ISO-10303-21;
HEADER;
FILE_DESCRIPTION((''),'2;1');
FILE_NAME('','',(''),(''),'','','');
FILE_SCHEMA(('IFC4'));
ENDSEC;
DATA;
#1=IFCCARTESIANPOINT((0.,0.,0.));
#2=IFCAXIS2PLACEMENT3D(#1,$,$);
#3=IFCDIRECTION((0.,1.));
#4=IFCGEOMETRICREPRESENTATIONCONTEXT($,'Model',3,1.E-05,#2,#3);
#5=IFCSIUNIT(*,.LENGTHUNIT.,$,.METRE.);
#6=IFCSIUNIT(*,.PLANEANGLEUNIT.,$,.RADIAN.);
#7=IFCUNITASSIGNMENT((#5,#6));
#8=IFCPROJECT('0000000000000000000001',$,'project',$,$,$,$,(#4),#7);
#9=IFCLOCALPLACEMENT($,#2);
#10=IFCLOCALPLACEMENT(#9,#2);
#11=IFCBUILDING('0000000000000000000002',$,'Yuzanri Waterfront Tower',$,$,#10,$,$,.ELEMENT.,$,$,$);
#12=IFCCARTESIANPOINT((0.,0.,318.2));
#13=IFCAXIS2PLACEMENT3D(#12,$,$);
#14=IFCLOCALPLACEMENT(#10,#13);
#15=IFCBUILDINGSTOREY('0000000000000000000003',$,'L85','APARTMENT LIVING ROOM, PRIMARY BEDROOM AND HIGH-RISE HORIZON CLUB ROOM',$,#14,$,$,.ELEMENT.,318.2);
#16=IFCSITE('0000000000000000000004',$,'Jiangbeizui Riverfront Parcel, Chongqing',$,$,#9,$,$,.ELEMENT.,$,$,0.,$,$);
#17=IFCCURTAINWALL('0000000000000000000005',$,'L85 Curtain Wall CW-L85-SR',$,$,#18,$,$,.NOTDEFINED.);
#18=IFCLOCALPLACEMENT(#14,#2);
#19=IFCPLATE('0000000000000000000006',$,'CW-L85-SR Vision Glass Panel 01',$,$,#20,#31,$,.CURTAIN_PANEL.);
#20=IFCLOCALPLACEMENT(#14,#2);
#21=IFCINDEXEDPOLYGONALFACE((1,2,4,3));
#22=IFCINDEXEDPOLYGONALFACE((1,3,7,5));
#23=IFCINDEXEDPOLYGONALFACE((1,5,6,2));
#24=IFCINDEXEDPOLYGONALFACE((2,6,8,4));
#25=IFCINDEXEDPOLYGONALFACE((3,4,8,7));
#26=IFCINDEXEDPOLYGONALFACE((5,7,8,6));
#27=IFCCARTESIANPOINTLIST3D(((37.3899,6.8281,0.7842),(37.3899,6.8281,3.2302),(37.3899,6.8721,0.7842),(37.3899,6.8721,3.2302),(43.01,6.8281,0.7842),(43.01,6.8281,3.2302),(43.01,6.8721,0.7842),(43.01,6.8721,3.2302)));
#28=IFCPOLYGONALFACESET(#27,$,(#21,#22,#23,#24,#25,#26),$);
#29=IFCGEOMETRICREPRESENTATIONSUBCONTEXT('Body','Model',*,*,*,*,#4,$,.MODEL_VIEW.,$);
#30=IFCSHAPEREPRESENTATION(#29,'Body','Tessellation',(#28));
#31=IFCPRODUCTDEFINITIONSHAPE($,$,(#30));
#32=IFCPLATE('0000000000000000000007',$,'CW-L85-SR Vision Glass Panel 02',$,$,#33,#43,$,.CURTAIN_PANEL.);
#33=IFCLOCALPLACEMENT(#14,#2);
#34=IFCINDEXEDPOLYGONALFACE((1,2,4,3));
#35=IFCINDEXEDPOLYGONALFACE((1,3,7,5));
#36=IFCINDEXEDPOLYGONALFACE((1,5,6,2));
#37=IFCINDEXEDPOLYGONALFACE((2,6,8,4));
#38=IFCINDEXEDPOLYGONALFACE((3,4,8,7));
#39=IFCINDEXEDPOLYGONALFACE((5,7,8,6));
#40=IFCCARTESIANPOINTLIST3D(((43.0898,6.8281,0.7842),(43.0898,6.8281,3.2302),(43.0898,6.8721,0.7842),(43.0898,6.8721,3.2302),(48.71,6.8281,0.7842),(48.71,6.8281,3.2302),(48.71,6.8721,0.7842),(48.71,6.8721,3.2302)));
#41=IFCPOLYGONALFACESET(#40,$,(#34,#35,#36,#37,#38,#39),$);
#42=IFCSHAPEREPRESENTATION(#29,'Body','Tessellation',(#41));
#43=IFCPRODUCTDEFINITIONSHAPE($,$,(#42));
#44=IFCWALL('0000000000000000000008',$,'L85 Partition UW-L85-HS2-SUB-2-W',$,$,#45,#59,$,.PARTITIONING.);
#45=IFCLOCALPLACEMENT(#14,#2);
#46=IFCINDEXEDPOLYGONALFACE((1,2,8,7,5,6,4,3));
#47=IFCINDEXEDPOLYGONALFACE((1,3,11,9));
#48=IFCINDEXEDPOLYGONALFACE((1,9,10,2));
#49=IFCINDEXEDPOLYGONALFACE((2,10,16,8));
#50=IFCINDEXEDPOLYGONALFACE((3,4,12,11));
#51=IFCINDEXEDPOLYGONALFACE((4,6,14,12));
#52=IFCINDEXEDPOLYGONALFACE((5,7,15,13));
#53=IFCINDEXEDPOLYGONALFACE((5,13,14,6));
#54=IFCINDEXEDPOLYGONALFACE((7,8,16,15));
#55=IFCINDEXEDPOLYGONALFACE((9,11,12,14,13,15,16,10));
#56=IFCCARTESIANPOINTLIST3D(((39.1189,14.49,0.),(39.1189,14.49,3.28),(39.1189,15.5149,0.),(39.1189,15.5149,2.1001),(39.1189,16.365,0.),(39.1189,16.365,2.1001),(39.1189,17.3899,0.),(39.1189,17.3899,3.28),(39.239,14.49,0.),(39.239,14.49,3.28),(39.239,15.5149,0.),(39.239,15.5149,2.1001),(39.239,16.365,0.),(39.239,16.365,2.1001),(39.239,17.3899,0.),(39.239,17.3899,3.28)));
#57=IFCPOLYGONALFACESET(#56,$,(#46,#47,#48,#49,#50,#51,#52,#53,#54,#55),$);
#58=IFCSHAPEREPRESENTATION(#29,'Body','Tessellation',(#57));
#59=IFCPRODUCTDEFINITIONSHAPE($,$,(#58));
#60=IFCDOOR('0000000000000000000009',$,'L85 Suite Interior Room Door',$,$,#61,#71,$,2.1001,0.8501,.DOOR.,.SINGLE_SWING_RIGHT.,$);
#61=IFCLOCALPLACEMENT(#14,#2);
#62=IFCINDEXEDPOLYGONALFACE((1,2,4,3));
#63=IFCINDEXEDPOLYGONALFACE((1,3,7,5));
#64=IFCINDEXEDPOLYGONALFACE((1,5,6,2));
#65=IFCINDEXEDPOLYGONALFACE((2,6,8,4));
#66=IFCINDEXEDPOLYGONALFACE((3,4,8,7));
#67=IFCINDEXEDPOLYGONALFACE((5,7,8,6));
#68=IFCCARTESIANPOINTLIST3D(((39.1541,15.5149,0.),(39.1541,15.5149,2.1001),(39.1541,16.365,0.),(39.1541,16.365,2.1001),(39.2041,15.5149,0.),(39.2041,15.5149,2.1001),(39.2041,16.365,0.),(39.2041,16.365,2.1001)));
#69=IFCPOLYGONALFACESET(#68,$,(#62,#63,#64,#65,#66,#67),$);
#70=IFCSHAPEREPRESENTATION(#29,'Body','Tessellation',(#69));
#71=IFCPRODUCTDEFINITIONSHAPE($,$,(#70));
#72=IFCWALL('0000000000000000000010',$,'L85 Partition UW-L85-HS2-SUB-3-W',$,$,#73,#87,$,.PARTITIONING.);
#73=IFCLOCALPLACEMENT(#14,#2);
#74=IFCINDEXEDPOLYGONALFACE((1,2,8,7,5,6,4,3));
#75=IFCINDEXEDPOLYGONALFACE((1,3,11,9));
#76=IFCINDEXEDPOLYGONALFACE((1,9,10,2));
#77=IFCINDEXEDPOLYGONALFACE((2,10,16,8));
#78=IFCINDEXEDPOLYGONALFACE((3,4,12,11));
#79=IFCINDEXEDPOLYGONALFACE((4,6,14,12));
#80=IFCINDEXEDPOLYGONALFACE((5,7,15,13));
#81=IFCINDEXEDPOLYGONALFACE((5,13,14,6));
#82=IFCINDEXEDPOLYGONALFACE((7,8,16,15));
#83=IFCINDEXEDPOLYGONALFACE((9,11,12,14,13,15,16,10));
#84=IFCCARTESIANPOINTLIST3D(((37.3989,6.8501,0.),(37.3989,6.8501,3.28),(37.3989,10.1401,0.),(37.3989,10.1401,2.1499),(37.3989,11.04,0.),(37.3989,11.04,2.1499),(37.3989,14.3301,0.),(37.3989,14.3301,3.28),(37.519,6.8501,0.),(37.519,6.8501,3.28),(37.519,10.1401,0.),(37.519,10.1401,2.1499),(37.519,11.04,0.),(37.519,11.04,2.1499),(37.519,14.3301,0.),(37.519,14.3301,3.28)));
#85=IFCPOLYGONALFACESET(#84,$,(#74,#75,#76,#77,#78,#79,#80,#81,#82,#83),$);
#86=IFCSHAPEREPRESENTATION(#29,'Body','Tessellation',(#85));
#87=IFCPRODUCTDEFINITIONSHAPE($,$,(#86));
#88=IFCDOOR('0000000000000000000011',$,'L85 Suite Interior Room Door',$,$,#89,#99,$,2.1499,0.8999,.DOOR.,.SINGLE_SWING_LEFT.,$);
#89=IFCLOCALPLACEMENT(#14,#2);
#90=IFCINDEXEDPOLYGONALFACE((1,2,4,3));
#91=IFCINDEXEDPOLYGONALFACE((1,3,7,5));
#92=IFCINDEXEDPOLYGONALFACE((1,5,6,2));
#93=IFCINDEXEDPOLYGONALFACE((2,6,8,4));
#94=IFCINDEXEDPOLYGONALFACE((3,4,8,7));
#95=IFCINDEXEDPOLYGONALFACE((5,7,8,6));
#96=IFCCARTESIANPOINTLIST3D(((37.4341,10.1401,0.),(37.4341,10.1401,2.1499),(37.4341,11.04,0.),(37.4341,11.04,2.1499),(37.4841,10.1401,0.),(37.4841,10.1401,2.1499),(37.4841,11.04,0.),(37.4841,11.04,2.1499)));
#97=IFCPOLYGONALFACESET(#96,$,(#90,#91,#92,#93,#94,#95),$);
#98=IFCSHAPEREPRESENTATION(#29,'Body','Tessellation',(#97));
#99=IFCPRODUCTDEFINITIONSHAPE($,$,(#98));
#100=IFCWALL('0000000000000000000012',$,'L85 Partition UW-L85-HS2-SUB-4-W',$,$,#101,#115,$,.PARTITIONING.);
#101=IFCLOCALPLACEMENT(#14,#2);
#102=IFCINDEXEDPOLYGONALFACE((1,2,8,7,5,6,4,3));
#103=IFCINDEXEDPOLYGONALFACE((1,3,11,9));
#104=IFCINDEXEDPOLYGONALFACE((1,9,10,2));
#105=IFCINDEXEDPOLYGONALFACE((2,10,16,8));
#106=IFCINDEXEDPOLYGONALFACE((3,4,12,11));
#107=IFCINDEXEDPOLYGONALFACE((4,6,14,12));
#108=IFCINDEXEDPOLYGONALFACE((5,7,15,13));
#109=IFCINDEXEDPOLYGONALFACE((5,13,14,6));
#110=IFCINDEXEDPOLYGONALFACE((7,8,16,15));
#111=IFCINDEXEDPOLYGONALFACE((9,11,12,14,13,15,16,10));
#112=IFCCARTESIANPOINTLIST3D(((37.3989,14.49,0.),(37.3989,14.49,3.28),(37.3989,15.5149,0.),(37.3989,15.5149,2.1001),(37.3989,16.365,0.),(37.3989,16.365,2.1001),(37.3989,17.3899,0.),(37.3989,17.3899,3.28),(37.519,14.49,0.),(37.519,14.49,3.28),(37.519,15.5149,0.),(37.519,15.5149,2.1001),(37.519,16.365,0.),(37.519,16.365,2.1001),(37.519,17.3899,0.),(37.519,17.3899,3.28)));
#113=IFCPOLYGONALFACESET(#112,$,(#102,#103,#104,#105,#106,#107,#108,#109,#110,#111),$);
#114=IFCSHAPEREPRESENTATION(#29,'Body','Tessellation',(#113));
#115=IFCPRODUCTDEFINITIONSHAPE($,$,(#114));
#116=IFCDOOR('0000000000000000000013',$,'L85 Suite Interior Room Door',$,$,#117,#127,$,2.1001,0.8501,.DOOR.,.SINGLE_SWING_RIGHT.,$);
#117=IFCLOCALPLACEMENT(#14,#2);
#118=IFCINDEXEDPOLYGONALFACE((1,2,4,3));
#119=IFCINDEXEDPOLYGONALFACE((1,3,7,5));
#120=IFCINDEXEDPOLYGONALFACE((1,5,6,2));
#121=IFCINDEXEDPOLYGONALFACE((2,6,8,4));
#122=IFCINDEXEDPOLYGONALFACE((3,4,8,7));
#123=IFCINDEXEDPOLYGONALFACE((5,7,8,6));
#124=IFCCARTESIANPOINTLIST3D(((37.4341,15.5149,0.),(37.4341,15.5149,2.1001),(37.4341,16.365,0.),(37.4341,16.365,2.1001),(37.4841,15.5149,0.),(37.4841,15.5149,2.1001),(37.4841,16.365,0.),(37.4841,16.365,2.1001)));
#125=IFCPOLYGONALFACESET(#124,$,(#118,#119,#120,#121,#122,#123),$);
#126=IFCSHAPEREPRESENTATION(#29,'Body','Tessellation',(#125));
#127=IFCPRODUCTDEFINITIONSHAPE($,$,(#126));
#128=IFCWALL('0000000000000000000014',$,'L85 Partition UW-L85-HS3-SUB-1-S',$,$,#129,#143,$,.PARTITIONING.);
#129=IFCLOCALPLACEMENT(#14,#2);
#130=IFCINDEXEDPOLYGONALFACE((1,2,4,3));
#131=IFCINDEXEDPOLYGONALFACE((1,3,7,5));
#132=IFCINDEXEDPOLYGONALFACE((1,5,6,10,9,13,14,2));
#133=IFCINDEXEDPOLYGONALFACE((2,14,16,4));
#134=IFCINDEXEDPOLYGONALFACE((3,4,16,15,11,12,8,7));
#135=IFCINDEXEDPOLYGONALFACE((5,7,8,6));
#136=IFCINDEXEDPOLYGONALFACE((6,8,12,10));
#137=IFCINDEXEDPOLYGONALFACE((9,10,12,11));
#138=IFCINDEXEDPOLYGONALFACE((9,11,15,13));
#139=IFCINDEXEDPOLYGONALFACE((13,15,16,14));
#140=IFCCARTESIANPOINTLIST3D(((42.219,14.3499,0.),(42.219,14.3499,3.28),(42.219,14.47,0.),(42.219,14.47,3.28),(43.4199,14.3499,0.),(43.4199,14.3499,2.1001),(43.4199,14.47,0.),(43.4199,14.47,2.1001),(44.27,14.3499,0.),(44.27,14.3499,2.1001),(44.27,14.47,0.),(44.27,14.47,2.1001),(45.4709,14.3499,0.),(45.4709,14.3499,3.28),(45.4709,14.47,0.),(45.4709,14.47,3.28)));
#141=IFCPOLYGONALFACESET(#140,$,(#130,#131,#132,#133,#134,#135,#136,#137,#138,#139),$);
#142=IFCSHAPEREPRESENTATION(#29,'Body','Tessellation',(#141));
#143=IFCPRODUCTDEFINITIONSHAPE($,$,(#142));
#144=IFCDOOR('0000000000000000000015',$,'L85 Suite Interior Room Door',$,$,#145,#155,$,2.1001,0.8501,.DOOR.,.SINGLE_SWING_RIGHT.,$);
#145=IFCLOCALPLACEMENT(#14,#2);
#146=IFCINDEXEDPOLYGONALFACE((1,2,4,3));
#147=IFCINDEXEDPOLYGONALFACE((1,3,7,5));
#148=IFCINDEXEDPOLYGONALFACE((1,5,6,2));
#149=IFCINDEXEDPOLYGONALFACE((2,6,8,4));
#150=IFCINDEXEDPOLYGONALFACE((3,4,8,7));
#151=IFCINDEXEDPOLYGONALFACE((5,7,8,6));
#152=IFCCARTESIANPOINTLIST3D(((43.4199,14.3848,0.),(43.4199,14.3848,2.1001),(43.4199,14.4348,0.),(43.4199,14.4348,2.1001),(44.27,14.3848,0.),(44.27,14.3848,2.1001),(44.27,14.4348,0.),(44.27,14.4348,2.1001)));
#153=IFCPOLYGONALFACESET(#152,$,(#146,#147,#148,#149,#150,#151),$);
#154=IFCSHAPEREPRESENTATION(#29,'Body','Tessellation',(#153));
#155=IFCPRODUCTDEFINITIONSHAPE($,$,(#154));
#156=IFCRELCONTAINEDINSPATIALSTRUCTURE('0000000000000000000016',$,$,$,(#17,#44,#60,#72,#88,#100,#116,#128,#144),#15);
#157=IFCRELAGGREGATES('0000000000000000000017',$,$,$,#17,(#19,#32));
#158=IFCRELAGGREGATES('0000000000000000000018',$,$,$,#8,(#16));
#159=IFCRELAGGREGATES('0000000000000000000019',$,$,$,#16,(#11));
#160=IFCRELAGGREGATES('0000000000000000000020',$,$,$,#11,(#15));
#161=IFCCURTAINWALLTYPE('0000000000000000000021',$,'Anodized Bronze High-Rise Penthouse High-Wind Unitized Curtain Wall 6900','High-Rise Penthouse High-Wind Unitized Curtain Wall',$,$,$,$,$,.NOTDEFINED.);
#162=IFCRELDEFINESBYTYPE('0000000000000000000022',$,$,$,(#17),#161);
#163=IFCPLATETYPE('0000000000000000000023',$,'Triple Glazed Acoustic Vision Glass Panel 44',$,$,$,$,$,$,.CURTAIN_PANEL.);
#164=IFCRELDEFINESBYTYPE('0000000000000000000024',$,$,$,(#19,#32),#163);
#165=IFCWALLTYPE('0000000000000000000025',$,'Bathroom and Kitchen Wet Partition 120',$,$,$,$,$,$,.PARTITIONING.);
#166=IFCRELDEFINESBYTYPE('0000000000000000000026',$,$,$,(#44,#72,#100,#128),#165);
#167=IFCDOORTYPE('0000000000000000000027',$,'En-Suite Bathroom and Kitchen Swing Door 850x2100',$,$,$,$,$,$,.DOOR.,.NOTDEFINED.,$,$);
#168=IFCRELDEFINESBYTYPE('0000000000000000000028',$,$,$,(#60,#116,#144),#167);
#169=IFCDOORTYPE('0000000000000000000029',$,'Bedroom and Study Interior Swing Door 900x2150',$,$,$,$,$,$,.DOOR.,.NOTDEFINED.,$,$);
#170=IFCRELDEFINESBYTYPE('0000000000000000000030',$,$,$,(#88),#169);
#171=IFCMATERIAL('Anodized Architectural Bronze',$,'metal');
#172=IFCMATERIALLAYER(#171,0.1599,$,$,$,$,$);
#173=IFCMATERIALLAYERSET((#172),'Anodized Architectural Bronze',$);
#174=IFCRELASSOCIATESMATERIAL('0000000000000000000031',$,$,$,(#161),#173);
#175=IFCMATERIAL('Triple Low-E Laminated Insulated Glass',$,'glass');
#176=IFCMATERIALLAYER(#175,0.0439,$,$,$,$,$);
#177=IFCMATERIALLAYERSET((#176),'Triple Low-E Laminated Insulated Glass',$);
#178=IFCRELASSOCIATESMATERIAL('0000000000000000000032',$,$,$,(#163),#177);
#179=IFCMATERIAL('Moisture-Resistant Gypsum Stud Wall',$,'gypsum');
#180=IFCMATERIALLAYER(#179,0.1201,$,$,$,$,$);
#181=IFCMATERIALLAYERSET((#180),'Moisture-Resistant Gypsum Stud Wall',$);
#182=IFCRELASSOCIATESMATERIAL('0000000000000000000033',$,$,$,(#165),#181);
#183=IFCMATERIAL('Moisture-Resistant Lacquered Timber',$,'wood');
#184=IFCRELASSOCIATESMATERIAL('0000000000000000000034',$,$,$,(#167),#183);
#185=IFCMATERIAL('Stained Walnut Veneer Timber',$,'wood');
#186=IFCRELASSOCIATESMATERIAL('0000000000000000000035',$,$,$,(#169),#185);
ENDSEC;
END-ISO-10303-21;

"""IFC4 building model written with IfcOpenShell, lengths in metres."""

from ifc_helpers import new_model, si_unit, direction, frame, frame_2d, origin, origin_2d, place, context, subcontext, project, spatial, rectangle, extrude, source, transform, mapped, material, layer, layer_set, type_object, element, fill, aggregate, save


model = new_model("IFC4")

# Units and contexts
model_context = context("Model", 3, precision=1e-05, world=origin(), true_north=direction((0.0, 1.0)))
body_context = subcontext(model_context, "Body", "Model", "MODEL_VIEW")
ifc_project = project(units=[si_unit("LENGTHUNIT", "METRE"), si_unit("PLANEANGLEUNIT", "RADIAN")], contexts=[model_context])

# Site, building, storey
site_placement = place(None, origin())
site = spatial("IfcSite", under=ifc_project, at=site_placement, Name="Jiangbeizui Riverfront Parcel, Chongqing", CompositionType="ELEMENT", RefElevation=0.0)
building_placement = place(site_placement, origin())
building = spatial("IfcBuilding", under=site, at=building_placement, Name="Yuzanri Waterfront Tower", CompositionType="ELEMENT")
storey_placement = place(building_placement, frame((0.0, 0.0, 318.2)))
storey = spatial("IfcBuildingStorey", under=building, at=storey_placement, Name="L85", Description="APARTMENT LIVING ROOM, PRIMARY BEDROOM AND HIGH-RISE HORIZON CLUB ROOM", CompositionType="ELEMENT", Elevation=318.2)

# Curtain wall, plates
ifc_material_1 = material(Name="Anodized Architectural Bronze", Category="metal")
ifc_layer_1 = layer(ifc_material_1, 0.1599)
ifc_layer_set_1 = layer_set([ifc_layer_1], Name="Anodized Architectural Bronze")
curtain_wall_type = type_object("IfcCurtainWallType", Name="Anodized Bronze High-Rise Penthouse High-Wind Unitized Curtain Wall 6900", Description="High-Rise Penthouse High-Wind Unitized Curtain Wall", PredefinedType="NOTDEFINED", material=ifc_layer_set_1)
curtain_wall_placement = place(storey_placement, origin())
curtain_wall = element("IfcCurtainWall", 1, at=curtain_wall_placement, inside=storey, type_object=curtain_wall_type, Name="L85 Curtain Wall CW-L85-SR", PredefinedType="NOTDEFINED")
ifc_material_2 = material(Name="Triple Low-E Laminated Insulated Glass", Category="glass")
ifc_layer_2 = layer(ifc_material_2, 0.0439)
ifc_layer_set_2 = layer_set([ifc_layer_2], Name="Triple Low-E Laminated Insulated Glass")
plate_type_1 = type_object("IfcPlateType", Name="Triple Glazed Acoustic Vision Glass Panel 44", PredefinedType="CURTAIN_PANEL", material=ifc_layer_set_2)
shared_shape_1 = source(origin(), body_context, "Body", "SweptSolid", [
    extrude(rectangle(XDim=5.6201, YDim=0.0439, at=origin_2d()), origin(), (0.0, 0.0, 1.0), 2.446),
])
plate_1_placement = place(storey_placement, frame((40.2, 6.8501, 0.7842), z_axis=(0.0, 0.0, 1.0), x_axis=(1.0, 0.0, 0.0)))
plate_1 = element("IfcPlate", 2, at=plate_1_placement, type_object=plate_type_1, Name="CW-L85-SR Vision Glass Panel 01", PredefinedType="CURTAIN_PANEL", context=body_context, shape_type="MappedRepresentation", body=[
    mapped(shared_shape_1, transform((0.0, 0.0, 0.0), scale=1.0)),
])
plate_2_placement = place(storey_placement, frame((45.8999, 6.8501, 0.7842), z_axis=(0.0, 0.0, 1.0), x_axis=(1.0, 0.0, 0.0)))
plate_2 = element("IfcPlate", 3, at=plate_2_placement, type_object=plate_type_1, Name="CW-L85-SR Vision Glass Panel 02", PredefinedType="CURTAIN_PANEL", context=body_context, shape_type="MappedRepresentation", body=[
    mapped(shared_shape_1, transform((0.0, 0.0, 0.0), scale=1.0)),
])
aggregate(curtain_wall, [plate_1, plate_2])

# Walls, openings, doors
ifc_material_3 = material(Name="Moisture-Resistant Gypsum Stud Wall", Category="gypsum")
ifc_layer_3 = layer(ifc_material_3, 0.1201)
ifc_layer_set_3 = layer_set([ifc_layer_3], Name="Moisture-Resistant Gypsum Stud Wall")
wall_type_1 = type_object("IfcWallType", Name="Bathroom and Kitchen Wet Partition 120", PredefinedType="PARTITIONING", material=ifc_layer_set_3)
wall_1_placement = place(storey_placement, frame((39.179, 14.49, 0.0), z_axis=(0.0, 0.0, 1.0), x_axis=(0.0, 1.0, 0.0)))
wall_1 = element("IfcWall", 4, at=wall_1_placement, inside=storey, type_object=wall_type_1, Name="L85 Partition UW-L85-HS2-SUB-2-W", PredefinedType="PARTITIONING", context=body_context, shape_type="SweptSolid", body=[
    extrude(rectangle(XDim=2.8999, YDim=0.1201, at=frame_2d((1.45, 0.0))), origin(), (0.0, 0.0, 1.0), 3.28),
])
opening_1_placement = place(wall_1_placement, frame((1.0249, 0.0, 0.0)))
opening_1 = element("IfcOpeningElement", 5, at=opening_1_placement, cuts=wall_1, PredefinedType="OPENING", context=body_context, shape_type="SweptSolid", body=[
    extrude(rectangle(XDim=0.8501, YDim=2.1001, at=frame_2d((0.425, 1.05))), frame((0.0, 0.075, 0.0), z_axis=(0.0, -1.0, 0.0), x_axis=(1.0, 0.0, 0.0)), (0.0, 0.0, 1.0), 0.1499),
])
ifc_material_4 = material(Name="Moisture-Resistant Lacquered Timber", Category="wood")
door_type_1 = type_object("IfcDoorType", Name="En-Suite Bathroom and Kitchen Swing Door 850x2100", OperationType="NOTDEFINED", PredefinedType="DOOR", material=ifc_material_4)
shared_shape_2 = source(origin(), body_context, "Body", "SweptSolid", [
    extrude(rectangle(XDim=0.8501, YDim=2.1001, at=frame_2d((0.425, 1.05))), frame((0.0, 0.0249, 0.0), z_axis=(0.0, -1.0, 0.0), x_axis=(1.0, 0.0, 0.0)), (0.0, 0.0, 1.0), 0.05),
])
door_1_placement = place(opening_1_placement, origin())
door_1 = element("IfcDoor", 6, at=door_1_placement, inside=storey, type_object=door_type_1, Name="L85 Suite Interior Room Door", OperationType="SINGLE_SWING_RIGHT", OverallHeight=2.1001, OverallWidth=0.8501, PredefinedType="DOOR", context=body_context, shape_type="MappedRepresentation", body=[
    mapped(shared_shape_2, transform((0.0, 0.0, 0.0), scale=1.0)),
])
fill(opening_1, door_1)
wall_2_placement = place(storey_placement, frame((37.459, 6.8501, 0.0), z_axis=(0.0, 0.0, 1.0), x_axis=(0.0, 1.0, 0.0)))
wall_2 = element("IfcWall", 7, at=wall_2_placement, inside=storey, type_object=wall_type_1, Name="L85 Partition UW-L85-HS2-SUB-3-W", PredefinedType="PARTITIONING", context=body_context, shape_type="SweptSolid", body=[
    extrude(rectangle(XDim=7.48, YDim=0.1201, at=frame_2d((3.74, 0.0))), origin(), (0.0, 0.0, 1.0), 3.28),
])
opening_2_placement = place(wall_2_placement, frame((3.29, 0.0, 0.0)))
opening_2 = element("IfcOpeningElement", 8, at=opening_2_placement, cuts=wall_2, PredefinedType="OPENING", context=body_context, shape_type="SweptSolid", body=[
    extrude(rectangle(XDim=0.8999, YDim=2.1499, at=frame_2d((0.45, 1.075))), frame((0.0, 0.075, 0.0), z_axis=(0.0, -1.0, 0.0), x_axis=(1.0, 0.0, 0.0)), (0.0, 0.0, 1.0), 0.1499),
])
ifc_material_5 = material(Name="Stained Walnut Veneer Timber", Category="wood")
door_type_2 = type_object("IfcDoorType", Name="Bedroom and Study Interior Swing Door 900x2150", OperationType="NOTDEFINED", PredefinedType="DOOR", material=ifc_material_5)
shared_shape_3 = source(origin(), body_context, "Body", "SweptSolid", [
    extrude(rectangle(XDim=0.8999, YDim=2.1499, at=frame_2d((0.45, 1.075))), frame((0.0, 0.0249, 0.0), z_axis=(0.0, -1.0, 0.0), x_axis=(1.0, 0.0, 0.0)), (0.0, 0.0, 1.0), 0.05),
])
door_2_placement = place(opening_2_placement, origin())
door_2 = element("IfcDoor", 9, at=door_2_placement, inside=storey, type_object=door_type_2, Name="L85 Suite Interior Room Door", OperationType="SINGLE_SWING_LEFT", OverallHeight=2.1499, OverallWidth=0.8999, PredefinedType="DOOR", context=body_context, shape_type="MappedRepresentation", body=[
    mapped(shared_shape_3, transform((0.0, 0.0, 0.0), scale=1.0)),
])
fill(opening_2, door_2)
wall_3_placement = place(storey_placement, frame((37.459, 14.49, 0.0), z_axis=(0.0, 0.0, 1.0), x_axis=(0.0, 1.0, 0.0)))
wall_3 = element("IfcWall", 10, at=wall_3_placement, inside=storey, type_object=wall_type_1, Name="L85 Partition UW-L85-HS2-SUB-4-W", PredefinedType="PARTITIONING", context=body_context, shape_type="SweptSolid", body=[
    extrude(rectangle(XDim=2.8999, YDim=0.1201, at=frame_2d((1.45, 0.0))), origin(), (0.0, 0.0, 1.0), 3.28),
])
opening_3_placement = place(wall_3_placement, frame((1.0249, 0.0, 0.0)))
opening_3 = element("IfcOpeningElement", 11, at=opening_3_placement, cuts=wall_3, PredefinedType="OPENING", context=body_context, shape_type="SweptSolid", body=[
    extrude(rectangle(XDim=0.8501, YDim=2.1001, at=frame_2d((0.425, 1.05))), frame((0.0, 0.075, 0.0), z_axis=(0.0, -1.0, 0.0), x_axis=(1.0, 0.0, 0.0)), (0.0, 0.0, 1.0), 0.1499),
])
door_3_placement = place(opening_3_placement, origin())
door_3 = element("IfcDoor", 12, at=door_3_placement, inside=storey, type_object=door_type_1, Name="L85 Suite Interior Room Door", OperationType="SINGLE_SWING_RIGHT", OverallHeight=2.1001, OverallWidth=0.8501, PredefinedType="DOOR", context=body_context, shape_type="MappedRepresentation", body=[
    mapped(shared_shape_2, transform((0.0, 0.0, 0.0), scale=1.0)),
])
fill(opening_3, door_3)
wall_4_placement = place(storey_placement, frame((42.219, 14.4099, 0.0), z_axis=(0.0, 0.0, 1.0), x_axis=(1.0, 0.0, 0.0)))
wall_4 = element("IfcWall", 13, at=wall_4_placement, inside=storey, type_object=wall_type_1, Name="L85 Partition UW-L85-HS3-SUB-1-S", PredefinedType="PARTITIONING", context=body_context, shape_type="SweptSolid", body=[
    extrude(rectangle(XDim=3.252, YDim=0.1201, at=frame_2d((1.626, 0.0))), origin(), (0.0, 0.0, 1.0), 3.28),
])
opening_4_placement = place(wall_4_placement, frame((1.2009, 0.0, 0.0)))
opening_4 = element("IfcOpeningElement", 14, at=opening_4_placement, cuts=wall_4, PredefinedType="OPENING", context=body_context, shape_type="SweptSolid", body=[
    extrude(rectangle(XDim=0.8501, YDim=2.1001, at=frame_2d((0.425, 1.05))), frame((0.0, 0.075, 0.0), z_axis=(0.0, -1.0, 0.0), x_axis=(1.0, 0.0, 0.0)), (0.0, 0.0, 1.0), 0.1499),
])
door_4_placement = place(opening_4_placement, origin())
door_4 = element("IfcDoor", 15, at=door_4_placement, inside=storey, type_object=door_type_1, Name="L85 Suite Interior Room Door", OperationType="SINGLE_SWING_RIGHT", OverallHeight=2.1001, OverallWidth=0.8501, PredefinedType="DOOR", context=body_context, shape_type="MappedRepresentation", body=[
    mapped(shared_shape_2, transform((0.0, 0.0, 0.0), scale=1.0)),
])
fill(opening_4, door_4)

save(model, "model.ifc")
